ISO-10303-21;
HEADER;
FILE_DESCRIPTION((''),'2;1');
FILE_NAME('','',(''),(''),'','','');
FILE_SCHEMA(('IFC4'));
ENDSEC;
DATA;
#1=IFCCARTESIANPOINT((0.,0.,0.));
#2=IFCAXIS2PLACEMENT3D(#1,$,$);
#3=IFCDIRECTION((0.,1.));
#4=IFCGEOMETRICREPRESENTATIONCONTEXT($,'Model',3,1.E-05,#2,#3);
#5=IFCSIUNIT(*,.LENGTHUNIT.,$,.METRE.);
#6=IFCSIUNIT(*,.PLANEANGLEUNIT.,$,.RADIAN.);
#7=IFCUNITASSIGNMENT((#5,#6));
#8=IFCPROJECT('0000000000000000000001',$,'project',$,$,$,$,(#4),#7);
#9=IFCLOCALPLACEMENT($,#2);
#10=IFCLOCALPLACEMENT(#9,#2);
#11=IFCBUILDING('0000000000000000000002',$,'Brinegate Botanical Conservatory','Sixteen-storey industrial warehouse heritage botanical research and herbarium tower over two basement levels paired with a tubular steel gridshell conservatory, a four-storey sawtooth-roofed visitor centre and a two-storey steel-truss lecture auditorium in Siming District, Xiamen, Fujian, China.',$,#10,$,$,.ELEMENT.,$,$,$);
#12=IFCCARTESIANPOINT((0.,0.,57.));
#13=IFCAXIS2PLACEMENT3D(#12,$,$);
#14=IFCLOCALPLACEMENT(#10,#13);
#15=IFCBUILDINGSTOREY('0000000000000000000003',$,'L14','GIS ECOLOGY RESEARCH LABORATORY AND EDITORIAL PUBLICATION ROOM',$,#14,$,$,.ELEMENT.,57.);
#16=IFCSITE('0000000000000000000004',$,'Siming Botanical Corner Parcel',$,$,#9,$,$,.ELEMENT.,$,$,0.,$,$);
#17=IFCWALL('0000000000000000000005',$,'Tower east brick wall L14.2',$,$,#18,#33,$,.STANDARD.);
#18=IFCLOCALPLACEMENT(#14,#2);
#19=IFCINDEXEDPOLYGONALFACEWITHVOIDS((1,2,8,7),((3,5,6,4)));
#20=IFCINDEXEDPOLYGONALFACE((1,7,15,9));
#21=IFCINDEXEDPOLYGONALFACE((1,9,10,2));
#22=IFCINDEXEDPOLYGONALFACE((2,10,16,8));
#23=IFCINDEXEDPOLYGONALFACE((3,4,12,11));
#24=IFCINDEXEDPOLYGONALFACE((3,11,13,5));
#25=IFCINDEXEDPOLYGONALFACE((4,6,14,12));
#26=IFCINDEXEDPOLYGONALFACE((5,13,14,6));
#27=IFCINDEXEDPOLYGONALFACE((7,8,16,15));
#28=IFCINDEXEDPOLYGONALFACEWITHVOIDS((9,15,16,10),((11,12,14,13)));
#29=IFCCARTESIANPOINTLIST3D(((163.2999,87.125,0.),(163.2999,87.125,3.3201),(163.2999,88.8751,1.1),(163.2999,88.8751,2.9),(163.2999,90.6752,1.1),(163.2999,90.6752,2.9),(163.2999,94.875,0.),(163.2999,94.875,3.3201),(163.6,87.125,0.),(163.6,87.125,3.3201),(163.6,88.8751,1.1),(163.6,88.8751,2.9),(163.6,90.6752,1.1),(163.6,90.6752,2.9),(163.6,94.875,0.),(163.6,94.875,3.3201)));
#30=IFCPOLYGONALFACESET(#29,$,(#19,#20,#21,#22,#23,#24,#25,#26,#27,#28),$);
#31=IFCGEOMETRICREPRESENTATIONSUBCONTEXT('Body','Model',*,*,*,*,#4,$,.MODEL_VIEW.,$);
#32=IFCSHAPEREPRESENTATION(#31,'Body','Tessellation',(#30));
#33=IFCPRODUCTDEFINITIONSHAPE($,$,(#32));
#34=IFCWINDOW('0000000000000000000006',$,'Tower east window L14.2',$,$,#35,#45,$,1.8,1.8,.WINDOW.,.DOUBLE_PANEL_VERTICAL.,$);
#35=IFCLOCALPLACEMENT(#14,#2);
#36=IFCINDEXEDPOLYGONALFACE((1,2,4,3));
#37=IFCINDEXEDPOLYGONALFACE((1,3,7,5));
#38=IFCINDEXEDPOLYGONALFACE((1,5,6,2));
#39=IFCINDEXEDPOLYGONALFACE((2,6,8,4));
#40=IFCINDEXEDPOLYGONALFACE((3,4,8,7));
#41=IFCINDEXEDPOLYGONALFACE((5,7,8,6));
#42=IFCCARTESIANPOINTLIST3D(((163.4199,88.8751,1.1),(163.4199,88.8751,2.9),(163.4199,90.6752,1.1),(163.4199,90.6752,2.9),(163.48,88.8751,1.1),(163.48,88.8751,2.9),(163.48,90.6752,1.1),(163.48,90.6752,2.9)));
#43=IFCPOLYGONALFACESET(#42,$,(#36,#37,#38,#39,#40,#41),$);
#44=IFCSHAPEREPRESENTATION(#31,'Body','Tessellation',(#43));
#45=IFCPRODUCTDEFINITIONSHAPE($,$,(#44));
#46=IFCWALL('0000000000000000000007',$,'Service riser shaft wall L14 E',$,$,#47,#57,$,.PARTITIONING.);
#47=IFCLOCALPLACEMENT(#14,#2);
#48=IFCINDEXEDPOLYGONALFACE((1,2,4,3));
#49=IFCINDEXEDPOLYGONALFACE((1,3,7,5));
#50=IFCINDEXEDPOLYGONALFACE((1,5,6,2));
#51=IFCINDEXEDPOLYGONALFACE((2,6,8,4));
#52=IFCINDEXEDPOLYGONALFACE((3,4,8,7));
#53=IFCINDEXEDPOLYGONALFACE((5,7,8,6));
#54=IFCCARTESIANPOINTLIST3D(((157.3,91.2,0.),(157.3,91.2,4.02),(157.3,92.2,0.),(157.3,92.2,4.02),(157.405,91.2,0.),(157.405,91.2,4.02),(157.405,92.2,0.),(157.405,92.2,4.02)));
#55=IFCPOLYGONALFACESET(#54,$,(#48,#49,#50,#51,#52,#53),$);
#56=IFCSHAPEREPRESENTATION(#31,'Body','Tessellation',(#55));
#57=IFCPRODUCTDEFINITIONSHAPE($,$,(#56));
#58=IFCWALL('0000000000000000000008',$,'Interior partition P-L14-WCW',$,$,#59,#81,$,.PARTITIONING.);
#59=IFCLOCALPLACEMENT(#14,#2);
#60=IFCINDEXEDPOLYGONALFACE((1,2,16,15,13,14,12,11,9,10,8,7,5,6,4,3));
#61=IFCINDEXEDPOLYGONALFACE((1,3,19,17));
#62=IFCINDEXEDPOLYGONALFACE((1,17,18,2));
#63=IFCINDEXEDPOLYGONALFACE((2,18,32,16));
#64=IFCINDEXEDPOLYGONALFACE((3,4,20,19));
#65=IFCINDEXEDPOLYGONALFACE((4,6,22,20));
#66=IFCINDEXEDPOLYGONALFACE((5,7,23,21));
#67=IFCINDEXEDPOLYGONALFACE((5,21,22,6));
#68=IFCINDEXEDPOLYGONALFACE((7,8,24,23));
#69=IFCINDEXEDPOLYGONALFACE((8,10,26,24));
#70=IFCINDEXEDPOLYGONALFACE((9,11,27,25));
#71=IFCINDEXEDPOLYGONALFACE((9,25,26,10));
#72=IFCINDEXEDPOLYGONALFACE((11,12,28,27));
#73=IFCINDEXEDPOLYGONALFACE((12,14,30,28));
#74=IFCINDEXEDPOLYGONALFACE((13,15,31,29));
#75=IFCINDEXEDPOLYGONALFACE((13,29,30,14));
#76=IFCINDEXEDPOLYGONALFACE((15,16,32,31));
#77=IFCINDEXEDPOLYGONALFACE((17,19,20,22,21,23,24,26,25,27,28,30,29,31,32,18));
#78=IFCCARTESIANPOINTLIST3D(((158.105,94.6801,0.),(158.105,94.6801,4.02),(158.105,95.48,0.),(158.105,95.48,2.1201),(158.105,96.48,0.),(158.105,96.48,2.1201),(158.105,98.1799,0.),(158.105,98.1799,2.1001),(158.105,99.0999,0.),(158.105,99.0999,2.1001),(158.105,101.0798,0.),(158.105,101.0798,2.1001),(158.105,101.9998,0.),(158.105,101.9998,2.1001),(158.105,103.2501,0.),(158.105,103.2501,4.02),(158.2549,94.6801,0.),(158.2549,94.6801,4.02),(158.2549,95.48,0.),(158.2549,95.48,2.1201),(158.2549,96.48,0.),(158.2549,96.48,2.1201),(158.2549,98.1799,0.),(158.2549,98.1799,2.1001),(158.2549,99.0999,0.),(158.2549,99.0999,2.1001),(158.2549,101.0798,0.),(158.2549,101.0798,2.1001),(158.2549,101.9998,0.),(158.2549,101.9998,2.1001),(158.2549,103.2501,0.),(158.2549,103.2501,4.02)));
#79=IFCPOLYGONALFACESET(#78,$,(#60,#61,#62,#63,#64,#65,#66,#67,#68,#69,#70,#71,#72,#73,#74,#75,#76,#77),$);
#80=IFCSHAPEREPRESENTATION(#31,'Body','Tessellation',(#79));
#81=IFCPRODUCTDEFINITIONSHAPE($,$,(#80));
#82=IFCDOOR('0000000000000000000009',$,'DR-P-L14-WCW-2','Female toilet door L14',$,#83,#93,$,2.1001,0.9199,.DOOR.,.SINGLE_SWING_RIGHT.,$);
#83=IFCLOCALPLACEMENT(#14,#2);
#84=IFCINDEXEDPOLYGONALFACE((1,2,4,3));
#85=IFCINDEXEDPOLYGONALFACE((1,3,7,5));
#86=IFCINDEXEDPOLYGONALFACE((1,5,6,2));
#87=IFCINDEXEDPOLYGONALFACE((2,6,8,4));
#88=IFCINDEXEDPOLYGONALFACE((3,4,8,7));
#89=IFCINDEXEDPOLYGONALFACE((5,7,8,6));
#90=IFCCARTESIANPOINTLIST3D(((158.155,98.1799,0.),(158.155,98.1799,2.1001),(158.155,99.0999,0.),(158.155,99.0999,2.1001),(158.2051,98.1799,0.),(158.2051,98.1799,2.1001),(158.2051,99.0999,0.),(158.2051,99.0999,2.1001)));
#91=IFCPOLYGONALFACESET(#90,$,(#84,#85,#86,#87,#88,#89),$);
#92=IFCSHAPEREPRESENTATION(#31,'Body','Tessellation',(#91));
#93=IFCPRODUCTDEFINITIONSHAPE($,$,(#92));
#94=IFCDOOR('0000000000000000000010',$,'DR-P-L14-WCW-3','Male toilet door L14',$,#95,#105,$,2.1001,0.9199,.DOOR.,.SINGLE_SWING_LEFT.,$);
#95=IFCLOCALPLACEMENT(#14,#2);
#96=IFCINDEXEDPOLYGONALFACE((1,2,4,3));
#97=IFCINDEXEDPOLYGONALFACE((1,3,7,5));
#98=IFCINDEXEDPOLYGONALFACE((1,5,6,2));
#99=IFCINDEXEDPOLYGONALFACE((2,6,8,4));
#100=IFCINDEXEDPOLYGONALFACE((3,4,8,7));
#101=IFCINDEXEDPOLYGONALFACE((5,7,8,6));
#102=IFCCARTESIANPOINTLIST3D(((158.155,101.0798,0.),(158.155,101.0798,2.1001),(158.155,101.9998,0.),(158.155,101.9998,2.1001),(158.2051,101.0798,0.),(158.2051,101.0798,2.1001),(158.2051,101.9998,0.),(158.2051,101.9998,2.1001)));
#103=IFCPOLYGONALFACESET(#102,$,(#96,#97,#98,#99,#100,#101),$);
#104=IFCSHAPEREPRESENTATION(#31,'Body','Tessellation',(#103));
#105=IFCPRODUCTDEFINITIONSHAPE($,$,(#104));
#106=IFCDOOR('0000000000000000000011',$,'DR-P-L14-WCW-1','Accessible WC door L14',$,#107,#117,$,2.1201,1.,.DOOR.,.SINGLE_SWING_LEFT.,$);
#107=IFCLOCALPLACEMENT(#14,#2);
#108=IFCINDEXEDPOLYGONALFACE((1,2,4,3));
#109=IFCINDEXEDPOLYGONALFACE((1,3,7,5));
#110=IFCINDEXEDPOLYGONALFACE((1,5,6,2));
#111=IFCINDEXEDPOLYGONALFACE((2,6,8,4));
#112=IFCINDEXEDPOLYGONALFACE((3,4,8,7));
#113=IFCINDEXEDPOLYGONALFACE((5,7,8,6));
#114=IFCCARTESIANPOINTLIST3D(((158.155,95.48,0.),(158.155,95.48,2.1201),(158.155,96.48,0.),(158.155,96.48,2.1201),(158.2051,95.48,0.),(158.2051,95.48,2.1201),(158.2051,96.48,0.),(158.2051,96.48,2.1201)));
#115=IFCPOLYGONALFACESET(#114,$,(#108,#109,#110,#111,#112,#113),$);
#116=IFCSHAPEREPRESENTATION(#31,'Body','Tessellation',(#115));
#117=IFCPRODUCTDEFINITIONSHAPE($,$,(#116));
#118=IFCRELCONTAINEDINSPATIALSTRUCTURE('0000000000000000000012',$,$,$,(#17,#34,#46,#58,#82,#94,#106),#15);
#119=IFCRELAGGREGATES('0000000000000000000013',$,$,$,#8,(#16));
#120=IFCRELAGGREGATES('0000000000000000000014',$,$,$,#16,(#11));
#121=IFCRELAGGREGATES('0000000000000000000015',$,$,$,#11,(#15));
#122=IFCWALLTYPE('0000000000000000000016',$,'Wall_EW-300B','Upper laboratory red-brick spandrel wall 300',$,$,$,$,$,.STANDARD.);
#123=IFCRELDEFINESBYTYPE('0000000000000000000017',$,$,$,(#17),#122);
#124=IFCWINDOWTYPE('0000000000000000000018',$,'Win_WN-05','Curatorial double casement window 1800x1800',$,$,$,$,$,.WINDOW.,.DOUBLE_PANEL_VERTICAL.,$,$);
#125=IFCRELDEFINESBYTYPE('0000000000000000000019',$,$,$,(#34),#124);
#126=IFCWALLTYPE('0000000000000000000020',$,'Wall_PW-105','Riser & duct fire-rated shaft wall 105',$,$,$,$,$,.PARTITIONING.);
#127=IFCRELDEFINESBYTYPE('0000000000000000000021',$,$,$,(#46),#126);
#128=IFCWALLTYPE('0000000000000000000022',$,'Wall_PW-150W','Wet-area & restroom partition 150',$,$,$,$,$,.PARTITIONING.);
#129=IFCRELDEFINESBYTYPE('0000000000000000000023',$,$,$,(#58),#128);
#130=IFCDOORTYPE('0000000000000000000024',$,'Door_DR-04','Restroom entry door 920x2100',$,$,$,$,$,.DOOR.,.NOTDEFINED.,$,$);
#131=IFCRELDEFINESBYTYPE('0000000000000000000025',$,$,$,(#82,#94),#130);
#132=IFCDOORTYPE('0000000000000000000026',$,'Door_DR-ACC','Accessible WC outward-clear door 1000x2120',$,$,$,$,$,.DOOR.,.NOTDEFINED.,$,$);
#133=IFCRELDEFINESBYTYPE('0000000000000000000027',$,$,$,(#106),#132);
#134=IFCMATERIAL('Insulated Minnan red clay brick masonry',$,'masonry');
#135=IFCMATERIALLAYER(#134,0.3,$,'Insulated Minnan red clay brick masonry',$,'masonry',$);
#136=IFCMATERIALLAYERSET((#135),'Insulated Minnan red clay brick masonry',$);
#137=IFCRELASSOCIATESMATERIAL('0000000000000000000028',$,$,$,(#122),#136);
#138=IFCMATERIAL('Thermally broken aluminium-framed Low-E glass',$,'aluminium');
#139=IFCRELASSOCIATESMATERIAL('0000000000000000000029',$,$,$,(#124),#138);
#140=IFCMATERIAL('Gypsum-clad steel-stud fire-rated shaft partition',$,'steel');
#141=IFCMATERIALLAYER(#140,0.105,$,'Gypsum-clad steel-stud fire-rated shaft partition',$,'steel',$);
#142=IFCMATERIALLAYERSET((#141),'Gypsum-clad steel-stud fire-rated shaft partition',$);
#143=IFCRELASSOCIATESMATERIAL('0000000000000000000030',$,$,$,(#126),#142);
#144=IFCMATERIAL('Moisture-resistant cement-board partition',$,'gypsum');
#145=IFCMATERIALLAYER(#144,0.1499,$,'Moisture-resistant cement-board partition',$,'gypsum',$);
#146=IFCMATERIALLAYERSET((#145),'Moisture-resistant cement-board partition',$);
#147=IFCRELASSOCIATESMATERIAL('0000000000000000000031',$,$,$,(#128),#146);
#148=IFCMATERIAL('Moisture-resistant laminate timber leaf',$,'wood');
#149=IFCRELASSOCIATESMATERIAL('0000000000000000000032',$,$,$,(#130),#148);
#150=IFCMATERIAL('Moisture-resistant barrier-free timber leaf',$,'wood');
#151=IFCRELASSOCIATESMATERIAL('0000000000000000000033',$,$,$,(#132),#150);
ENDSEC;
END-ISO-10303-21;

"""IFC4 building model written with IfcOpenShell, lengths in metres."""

from ifc_helpers import new_model, si_unit, direction, frame, frame_2d, origin, place, context, subcontext, project, spatial, rectangle, extrude, material, layer, layer_set, type_object, element, fill, save


model = new_model("IFC4")

# Units and contexts
model_context = context("Model", 3, precision=1e-05, world=origin(), true_north=direction((0.0, 1.0)))
body_context = subcontext(model_context, "Body", "Model", "MODEL_VIEW")
ifc_project = project(units=[si_unit("LENGTHUNIT", "METRE"), si_unit("PLANEANGLEUNIT", "RADIAN")], contexts=[model_context])

# Site, building, storey
site_placement = place(None, origin())
site = spatial("IfcSite", under=ifc_project, at=site_placement, Name="Siming Botanical Corner Parcel", CompositionType="ELEMENT", RefElevation=0.0)
building_placement = place(site_placement, origin())
building = spatial("IfcBuilding", under=site, at=building_placement, Name="Brinegate Botanical Conservatory", Description="Sixteen-storey industrial warehouse heritage botanical research and herbarium tower over two basement levels paired with a tubular steel gridshell conservatory, a four-storey sawtooth-roofed visitor centre and a two-storey steel-truss lecture auditorium in Siming District, Xiamen, Fujian, China.", CompositionType="ELEMENT")
storey_placement = place(building_placement, frame((0.0, 0.0, 57.0)))
storey = spatial("IfcBuildingStorey", under=building, at=storey_placement, Name="L14", Description="GIS ECOLOGY RESEARCH LABORATORY AND EDITORIAL PUBLICATION ROOM", CompositionType="ELEMENT", Elevation=57.0)

# Wall, opening, window
ifc_material_1 = material(Name="Insulated Minnan red clay brick masonry", Category="masonry")
ifc_layer_1 = layer(ifc_material_1, 0.3, Name="Insulated Minnan red clay brick masonry", Category="masonry")
ifc_layer_set_1 = layer_set([ifc_layer_1], Name="Insulated Minnan red clay brick masonry")
wall_type_1 = type_object("IfcWallType", Name="Wall_EW-300B", Description="Upper laboratory red-brick spandrel wall 300", PredefinedType="STANDARD", material=ifc_layer_set_1)
wall_1_placement = place(storey_placement, frame((163.45, 94.875, 0.0), z_axis=(0.0, 0.0, 1.0), x_axis=(0.0, -1.0, 0.0)))
wall_1 = element("IfcWall", 1, at=wall_1_placement, inside=storey, type_object=wall_type_1, Name="Tower east brick wall L14.2", PredefinedType="STANDARD", context=body_context, shape_type="SweptSolid", body=[
    extrude(rectangle(XDim=7.75, YDim=0.3, at=frame_2d((3.875, 0.0))), origin(), (0.0, 0.0, 1.0), 3.3201),
])
opening_1_placement = place(wall_1_placement, frame((4.2, 0.0, 1.1001)))
opening_1 = element("IfcOpeningElement", 2, at=opening_1_placement, cuts=wall_1, PredefinedType="OPENING", context=body_context, shape_type="SweptSolid", body=[
    extrude(rectangle(XDim=1.8, YDim=1.8, at=frame_2d((0.8999, 0.8999))), frame((0.0, 0.1599, 0.0), z_axis=(0.0, -1.0, 0.0), x_axis=(1.0, 0.0, 0.0)), (0.0, 0.0, 1.0), 0.3201),
])
ifc_material_2 = material(Name="Thermally broken aluminium-framed Low-E glass", Category="aluminium")
window_type = type_object("IfcWindowType", Name="Win_WN-05", Description="Curatorial double casement window 1800x1800", PartitioningType="DOUBLE_PANEL_VERTICAL", PredefinedType="WINDOW", material=ifc_material_2)
window_placement = place(opening_1_placement, origin())
window = element("IfcWindow", 3, at=window_placement, inside=storey, type_object=window_type, Name="Tower east window L14.2", OverallHeight=1.8, OverallWidth=1.8, PartitioningType="DOUBLE_PANEL_VERTICAL", PredefinedType="WINDOW", context=body_context, shape_type="SweptSolid", body=[
    extrude(rectangle(XDim=1.8, YDim=1.8, at=frame_2d((0.8999, 0.8999))), frame((0.0, 0.03, 0.0), z_axis=(0.0, -1.0, 0.0), x_axis=(1.0, 0.0, 0.0)), (0.0, 0.0, 1.0), 0.0601),
])
fill(opening_1, window)

# Wall
ifc_material_3 = material(Name="Gypsum-clad steel-stud fire-rated shaft partition", Category="steel")
ifc_layer_2 = layer(ifc_material_3, 0.105, Name="Gypsum-clad steel-stud fire-rated shaft partition", Category="steel")
ifc_layer_set_2 = layer_set([ifc_layer_2], Name="Gypsum-clad steel-stud fire-rated shaft partition")
wall_type_2 = type_object("IfcWallType", Name="Wall_PW-105", Description="Riser & duct fire-rated shaft wall 105", PredefinedType="PARTITIONING", material=ifc_layer_set_2)
wall_2_placement = place(storey_placement, frame((157.3525, 91.2, 0.0), z_axis=(0.0, 0.0, 1.0), x_axis=(0.0, 1.0, 0.0)))
element("IfcWall", 4, at=wall_2_placement, inside=storey, type_object=wall_type_2, Name="Service riser shaft wall L14 E", PredefinedType="PARTITIONING", context=body_context, shape_type="SweptSolid", body=[
    extrude(rectangle(XDim=1.0, YDim=0.105, at=frame_2d((0.5, 0.0))), origin(), (0.0, 0.0, 1.0), 4.02),
])

# Wall, openings, doors
ifc_material_4 = material(Name="Moisture-resistant cement-board partition", Category="gypsum")
ifc_layer_3 = layer(ifc_material_4, 0.1499, Name="Moisture-resistant cement-board partition", Category="gypsum")
ifc_layer_set_3 = layer_set([ifc_layer_3], Name="Moisture-resistant cement-board partition")
wall_type_3 = type_object("IfcWallType", Name="Wall_PW-150W", Description="Wet-area & restroom partition 150", PredefinedType="PARTITIONING", material=ifc_layer_set_3)
wall_3_placement = place(storey_placement, frame((158.1799, 94.6799, 0.0), z_axis=(0.0, 0.0, 1.0), x_axis=(0.0, 1.0, 0.0)))
wall_3 = element("IfcWall", 5, at=wall_3_placement, inside=storey, type_object=wall_type_3, Name="Interior partition P-L14-WCW", PredefinedType="PARTITIONING", context=body_context, shape_type="SweptSolid", body=[
    extrude(rectangle(XDim=8.5701, YDim=0.1499, at=frame_2d((4.2852, 0.0))), origin(), (0.0, 0.0, 1.0), 4.02),
])
opening_2_placement = place(wall_3_placement, frame((0.8, 0.0, 0.0)))
opening_2 = element("IfcOpeningElement", 6, at=opening_2_placement, cuts=wall_3, PredefinedType="OPENING", context=body_context, shape_type="SweptSolid", body=[
    extrude(rectangle(XDim=1.0, YDim=2.1201, at=frame_2d((0.5, 1.0601))), frame((0.0, 0.085, 0.0), z_axis=(0.0, -1.0, 0.0), x_axis=(1.0, 0.0, 0.0)), (0.0, 0.0, 1.0), 0.1699),
])
opening_3_placement = place(wall_3_placement, frame((3.5, 0.0, 0.0)))
opening_3 = element("IfcOpeningElement", 7, at=opening_3_placement, cuts=wall_3, PredefinedType="OPENING", context=body_context, shape_type="SweptSolid", body=[
    extrude(rectangle(XDim=0.9199, YDim=2.1001, at=frame_2d((0.46, 1.05))), frame((0.0, 0.085, 0.0), z_axis=(0.0, -1.0, 0.0), x_axis=(1.0, 0.0, 0.0)), (0.0, 0.0, 1.0), 0.1699),
])
opening_4_placement = place(wall_3_placement, frame((6.3999, 0.0, 0.0)))
opening_4 = element("IfcOpeningElement", 8, at=opening_4_placement, cuts=wall_3, PredefinedType="OPENING", context=body_context, shape_type="SweptSolid", body=[
    extrude(rectangle(XDim=0.9199, YDim=2.1001, at=frame_2d((0.46, 1.05))), frame((0.0, 0.085, 0.0), z_axis=(0.0, -1.0, 0.0), x_axis=(1.0, 0.0, 0.0)), (0.0, 0.0, 1.0), 0.1699),
])
ifc_material_5 = material(Name="Moisture-resistant laminate timber leaf", Category="wood")
door_type_1 = type_object("IfcDoorType", Name="Door_DR-04", Description="Restroom entry door 920x2100", OperationType="NOTDEFINED", PredefinedType="DOOR", material=ifc_material_5)
door_1_placement = place(opening_3_placement, origin())
door_1 = element("IfcDoor", 9, at=door_1_placement, inside=storey, type_object=door_type_1, Name="DR-P-L14-WCW-2", Description="Female toilet door L14", OperationType="SINGLE_SWING_RIGHT", OverallHeight=2.1001, OverallWidth=0.9199, PredefinedType="DOOR", context=body_context, shape_type="SweptSolid", body=[
    extrude(rectangle(XDim=0.9199, YDim=2.1001, at=frame_2d((0.46, 1.05))), frame((0.0, 0.0249, 0.0), z_axis=(0.0, -1.0, 0.0), x_axis=(1.0, 0.0, 0.0)), (0.0, 0.0, 1.0), 0.05),
])
fill(opening_3, door_1)
door_2_placement = place(opening_4_placement, origin())
door_2 = element("IfcDoor", 10, at=door_2_placement, inside=storey, type_object=door_type_1, Name="DR-P-L14-WCW-3", Description="Male toilet door L14", OperationType="SINGLE_SWING_LEFT", OverallHeight=2.1001, OverallWidth=0.9199, PredefinedType="DOOR", context=body_context, shape_type="SweptSolid", body=[
    extrude(rectangle(XDim=0.9199, YDim=2.1001, at=frame_2d((0.46, 1.05))), frame((0.0, 0.0249, 0.0), z_axis=(0.0, -1.0, 0.0), x_axis=(1.0, 0.0, 0.0)), (0.0, 0.0, 1.0), 0.05),
])
fill(opening_4, door_2)
ifc_material_6 = material(Name="Moisture-resistant barrier-free timber leaf", Category="wood")
door_type_2 = type_object("IfcDoorType", Name="Door_DR-ACC", Description="Accessible WC outward-clear door 1000x2120", OperationType="NOTDEFINED", PredefinedType="DOOR", material=ifc_material_6)
door_3_placement = place(opening_2_placement, origin())
door_3 = element("IfcDoor", 11, at=door_3_placement, inside=storey, type_object=door_type_2, Name="DR-P-L14-WCW-1", Description="Accessible WC door L14", OperationType="SINGLE_SWING_LEFT", OverallHeight=2.1201, OverallWidth=1.0, PredefinedType="DOOR", context=body_context, shape_type="SweptSolid", body=[
    extrude(rectangle(XDim=1.0, YDim=2.1201, at=frame_2d((0.5, 1.0601))), frame((0.0, 0.0249, 0.0), z_axis=(0.0, -1.0, 0.0), x_axis=(1.0, 0.0, 0.0)), (0.0, 0.0, 1.0), 0.05),
])
fill(opening_2, door_3)

save(model, "model.ifc")
